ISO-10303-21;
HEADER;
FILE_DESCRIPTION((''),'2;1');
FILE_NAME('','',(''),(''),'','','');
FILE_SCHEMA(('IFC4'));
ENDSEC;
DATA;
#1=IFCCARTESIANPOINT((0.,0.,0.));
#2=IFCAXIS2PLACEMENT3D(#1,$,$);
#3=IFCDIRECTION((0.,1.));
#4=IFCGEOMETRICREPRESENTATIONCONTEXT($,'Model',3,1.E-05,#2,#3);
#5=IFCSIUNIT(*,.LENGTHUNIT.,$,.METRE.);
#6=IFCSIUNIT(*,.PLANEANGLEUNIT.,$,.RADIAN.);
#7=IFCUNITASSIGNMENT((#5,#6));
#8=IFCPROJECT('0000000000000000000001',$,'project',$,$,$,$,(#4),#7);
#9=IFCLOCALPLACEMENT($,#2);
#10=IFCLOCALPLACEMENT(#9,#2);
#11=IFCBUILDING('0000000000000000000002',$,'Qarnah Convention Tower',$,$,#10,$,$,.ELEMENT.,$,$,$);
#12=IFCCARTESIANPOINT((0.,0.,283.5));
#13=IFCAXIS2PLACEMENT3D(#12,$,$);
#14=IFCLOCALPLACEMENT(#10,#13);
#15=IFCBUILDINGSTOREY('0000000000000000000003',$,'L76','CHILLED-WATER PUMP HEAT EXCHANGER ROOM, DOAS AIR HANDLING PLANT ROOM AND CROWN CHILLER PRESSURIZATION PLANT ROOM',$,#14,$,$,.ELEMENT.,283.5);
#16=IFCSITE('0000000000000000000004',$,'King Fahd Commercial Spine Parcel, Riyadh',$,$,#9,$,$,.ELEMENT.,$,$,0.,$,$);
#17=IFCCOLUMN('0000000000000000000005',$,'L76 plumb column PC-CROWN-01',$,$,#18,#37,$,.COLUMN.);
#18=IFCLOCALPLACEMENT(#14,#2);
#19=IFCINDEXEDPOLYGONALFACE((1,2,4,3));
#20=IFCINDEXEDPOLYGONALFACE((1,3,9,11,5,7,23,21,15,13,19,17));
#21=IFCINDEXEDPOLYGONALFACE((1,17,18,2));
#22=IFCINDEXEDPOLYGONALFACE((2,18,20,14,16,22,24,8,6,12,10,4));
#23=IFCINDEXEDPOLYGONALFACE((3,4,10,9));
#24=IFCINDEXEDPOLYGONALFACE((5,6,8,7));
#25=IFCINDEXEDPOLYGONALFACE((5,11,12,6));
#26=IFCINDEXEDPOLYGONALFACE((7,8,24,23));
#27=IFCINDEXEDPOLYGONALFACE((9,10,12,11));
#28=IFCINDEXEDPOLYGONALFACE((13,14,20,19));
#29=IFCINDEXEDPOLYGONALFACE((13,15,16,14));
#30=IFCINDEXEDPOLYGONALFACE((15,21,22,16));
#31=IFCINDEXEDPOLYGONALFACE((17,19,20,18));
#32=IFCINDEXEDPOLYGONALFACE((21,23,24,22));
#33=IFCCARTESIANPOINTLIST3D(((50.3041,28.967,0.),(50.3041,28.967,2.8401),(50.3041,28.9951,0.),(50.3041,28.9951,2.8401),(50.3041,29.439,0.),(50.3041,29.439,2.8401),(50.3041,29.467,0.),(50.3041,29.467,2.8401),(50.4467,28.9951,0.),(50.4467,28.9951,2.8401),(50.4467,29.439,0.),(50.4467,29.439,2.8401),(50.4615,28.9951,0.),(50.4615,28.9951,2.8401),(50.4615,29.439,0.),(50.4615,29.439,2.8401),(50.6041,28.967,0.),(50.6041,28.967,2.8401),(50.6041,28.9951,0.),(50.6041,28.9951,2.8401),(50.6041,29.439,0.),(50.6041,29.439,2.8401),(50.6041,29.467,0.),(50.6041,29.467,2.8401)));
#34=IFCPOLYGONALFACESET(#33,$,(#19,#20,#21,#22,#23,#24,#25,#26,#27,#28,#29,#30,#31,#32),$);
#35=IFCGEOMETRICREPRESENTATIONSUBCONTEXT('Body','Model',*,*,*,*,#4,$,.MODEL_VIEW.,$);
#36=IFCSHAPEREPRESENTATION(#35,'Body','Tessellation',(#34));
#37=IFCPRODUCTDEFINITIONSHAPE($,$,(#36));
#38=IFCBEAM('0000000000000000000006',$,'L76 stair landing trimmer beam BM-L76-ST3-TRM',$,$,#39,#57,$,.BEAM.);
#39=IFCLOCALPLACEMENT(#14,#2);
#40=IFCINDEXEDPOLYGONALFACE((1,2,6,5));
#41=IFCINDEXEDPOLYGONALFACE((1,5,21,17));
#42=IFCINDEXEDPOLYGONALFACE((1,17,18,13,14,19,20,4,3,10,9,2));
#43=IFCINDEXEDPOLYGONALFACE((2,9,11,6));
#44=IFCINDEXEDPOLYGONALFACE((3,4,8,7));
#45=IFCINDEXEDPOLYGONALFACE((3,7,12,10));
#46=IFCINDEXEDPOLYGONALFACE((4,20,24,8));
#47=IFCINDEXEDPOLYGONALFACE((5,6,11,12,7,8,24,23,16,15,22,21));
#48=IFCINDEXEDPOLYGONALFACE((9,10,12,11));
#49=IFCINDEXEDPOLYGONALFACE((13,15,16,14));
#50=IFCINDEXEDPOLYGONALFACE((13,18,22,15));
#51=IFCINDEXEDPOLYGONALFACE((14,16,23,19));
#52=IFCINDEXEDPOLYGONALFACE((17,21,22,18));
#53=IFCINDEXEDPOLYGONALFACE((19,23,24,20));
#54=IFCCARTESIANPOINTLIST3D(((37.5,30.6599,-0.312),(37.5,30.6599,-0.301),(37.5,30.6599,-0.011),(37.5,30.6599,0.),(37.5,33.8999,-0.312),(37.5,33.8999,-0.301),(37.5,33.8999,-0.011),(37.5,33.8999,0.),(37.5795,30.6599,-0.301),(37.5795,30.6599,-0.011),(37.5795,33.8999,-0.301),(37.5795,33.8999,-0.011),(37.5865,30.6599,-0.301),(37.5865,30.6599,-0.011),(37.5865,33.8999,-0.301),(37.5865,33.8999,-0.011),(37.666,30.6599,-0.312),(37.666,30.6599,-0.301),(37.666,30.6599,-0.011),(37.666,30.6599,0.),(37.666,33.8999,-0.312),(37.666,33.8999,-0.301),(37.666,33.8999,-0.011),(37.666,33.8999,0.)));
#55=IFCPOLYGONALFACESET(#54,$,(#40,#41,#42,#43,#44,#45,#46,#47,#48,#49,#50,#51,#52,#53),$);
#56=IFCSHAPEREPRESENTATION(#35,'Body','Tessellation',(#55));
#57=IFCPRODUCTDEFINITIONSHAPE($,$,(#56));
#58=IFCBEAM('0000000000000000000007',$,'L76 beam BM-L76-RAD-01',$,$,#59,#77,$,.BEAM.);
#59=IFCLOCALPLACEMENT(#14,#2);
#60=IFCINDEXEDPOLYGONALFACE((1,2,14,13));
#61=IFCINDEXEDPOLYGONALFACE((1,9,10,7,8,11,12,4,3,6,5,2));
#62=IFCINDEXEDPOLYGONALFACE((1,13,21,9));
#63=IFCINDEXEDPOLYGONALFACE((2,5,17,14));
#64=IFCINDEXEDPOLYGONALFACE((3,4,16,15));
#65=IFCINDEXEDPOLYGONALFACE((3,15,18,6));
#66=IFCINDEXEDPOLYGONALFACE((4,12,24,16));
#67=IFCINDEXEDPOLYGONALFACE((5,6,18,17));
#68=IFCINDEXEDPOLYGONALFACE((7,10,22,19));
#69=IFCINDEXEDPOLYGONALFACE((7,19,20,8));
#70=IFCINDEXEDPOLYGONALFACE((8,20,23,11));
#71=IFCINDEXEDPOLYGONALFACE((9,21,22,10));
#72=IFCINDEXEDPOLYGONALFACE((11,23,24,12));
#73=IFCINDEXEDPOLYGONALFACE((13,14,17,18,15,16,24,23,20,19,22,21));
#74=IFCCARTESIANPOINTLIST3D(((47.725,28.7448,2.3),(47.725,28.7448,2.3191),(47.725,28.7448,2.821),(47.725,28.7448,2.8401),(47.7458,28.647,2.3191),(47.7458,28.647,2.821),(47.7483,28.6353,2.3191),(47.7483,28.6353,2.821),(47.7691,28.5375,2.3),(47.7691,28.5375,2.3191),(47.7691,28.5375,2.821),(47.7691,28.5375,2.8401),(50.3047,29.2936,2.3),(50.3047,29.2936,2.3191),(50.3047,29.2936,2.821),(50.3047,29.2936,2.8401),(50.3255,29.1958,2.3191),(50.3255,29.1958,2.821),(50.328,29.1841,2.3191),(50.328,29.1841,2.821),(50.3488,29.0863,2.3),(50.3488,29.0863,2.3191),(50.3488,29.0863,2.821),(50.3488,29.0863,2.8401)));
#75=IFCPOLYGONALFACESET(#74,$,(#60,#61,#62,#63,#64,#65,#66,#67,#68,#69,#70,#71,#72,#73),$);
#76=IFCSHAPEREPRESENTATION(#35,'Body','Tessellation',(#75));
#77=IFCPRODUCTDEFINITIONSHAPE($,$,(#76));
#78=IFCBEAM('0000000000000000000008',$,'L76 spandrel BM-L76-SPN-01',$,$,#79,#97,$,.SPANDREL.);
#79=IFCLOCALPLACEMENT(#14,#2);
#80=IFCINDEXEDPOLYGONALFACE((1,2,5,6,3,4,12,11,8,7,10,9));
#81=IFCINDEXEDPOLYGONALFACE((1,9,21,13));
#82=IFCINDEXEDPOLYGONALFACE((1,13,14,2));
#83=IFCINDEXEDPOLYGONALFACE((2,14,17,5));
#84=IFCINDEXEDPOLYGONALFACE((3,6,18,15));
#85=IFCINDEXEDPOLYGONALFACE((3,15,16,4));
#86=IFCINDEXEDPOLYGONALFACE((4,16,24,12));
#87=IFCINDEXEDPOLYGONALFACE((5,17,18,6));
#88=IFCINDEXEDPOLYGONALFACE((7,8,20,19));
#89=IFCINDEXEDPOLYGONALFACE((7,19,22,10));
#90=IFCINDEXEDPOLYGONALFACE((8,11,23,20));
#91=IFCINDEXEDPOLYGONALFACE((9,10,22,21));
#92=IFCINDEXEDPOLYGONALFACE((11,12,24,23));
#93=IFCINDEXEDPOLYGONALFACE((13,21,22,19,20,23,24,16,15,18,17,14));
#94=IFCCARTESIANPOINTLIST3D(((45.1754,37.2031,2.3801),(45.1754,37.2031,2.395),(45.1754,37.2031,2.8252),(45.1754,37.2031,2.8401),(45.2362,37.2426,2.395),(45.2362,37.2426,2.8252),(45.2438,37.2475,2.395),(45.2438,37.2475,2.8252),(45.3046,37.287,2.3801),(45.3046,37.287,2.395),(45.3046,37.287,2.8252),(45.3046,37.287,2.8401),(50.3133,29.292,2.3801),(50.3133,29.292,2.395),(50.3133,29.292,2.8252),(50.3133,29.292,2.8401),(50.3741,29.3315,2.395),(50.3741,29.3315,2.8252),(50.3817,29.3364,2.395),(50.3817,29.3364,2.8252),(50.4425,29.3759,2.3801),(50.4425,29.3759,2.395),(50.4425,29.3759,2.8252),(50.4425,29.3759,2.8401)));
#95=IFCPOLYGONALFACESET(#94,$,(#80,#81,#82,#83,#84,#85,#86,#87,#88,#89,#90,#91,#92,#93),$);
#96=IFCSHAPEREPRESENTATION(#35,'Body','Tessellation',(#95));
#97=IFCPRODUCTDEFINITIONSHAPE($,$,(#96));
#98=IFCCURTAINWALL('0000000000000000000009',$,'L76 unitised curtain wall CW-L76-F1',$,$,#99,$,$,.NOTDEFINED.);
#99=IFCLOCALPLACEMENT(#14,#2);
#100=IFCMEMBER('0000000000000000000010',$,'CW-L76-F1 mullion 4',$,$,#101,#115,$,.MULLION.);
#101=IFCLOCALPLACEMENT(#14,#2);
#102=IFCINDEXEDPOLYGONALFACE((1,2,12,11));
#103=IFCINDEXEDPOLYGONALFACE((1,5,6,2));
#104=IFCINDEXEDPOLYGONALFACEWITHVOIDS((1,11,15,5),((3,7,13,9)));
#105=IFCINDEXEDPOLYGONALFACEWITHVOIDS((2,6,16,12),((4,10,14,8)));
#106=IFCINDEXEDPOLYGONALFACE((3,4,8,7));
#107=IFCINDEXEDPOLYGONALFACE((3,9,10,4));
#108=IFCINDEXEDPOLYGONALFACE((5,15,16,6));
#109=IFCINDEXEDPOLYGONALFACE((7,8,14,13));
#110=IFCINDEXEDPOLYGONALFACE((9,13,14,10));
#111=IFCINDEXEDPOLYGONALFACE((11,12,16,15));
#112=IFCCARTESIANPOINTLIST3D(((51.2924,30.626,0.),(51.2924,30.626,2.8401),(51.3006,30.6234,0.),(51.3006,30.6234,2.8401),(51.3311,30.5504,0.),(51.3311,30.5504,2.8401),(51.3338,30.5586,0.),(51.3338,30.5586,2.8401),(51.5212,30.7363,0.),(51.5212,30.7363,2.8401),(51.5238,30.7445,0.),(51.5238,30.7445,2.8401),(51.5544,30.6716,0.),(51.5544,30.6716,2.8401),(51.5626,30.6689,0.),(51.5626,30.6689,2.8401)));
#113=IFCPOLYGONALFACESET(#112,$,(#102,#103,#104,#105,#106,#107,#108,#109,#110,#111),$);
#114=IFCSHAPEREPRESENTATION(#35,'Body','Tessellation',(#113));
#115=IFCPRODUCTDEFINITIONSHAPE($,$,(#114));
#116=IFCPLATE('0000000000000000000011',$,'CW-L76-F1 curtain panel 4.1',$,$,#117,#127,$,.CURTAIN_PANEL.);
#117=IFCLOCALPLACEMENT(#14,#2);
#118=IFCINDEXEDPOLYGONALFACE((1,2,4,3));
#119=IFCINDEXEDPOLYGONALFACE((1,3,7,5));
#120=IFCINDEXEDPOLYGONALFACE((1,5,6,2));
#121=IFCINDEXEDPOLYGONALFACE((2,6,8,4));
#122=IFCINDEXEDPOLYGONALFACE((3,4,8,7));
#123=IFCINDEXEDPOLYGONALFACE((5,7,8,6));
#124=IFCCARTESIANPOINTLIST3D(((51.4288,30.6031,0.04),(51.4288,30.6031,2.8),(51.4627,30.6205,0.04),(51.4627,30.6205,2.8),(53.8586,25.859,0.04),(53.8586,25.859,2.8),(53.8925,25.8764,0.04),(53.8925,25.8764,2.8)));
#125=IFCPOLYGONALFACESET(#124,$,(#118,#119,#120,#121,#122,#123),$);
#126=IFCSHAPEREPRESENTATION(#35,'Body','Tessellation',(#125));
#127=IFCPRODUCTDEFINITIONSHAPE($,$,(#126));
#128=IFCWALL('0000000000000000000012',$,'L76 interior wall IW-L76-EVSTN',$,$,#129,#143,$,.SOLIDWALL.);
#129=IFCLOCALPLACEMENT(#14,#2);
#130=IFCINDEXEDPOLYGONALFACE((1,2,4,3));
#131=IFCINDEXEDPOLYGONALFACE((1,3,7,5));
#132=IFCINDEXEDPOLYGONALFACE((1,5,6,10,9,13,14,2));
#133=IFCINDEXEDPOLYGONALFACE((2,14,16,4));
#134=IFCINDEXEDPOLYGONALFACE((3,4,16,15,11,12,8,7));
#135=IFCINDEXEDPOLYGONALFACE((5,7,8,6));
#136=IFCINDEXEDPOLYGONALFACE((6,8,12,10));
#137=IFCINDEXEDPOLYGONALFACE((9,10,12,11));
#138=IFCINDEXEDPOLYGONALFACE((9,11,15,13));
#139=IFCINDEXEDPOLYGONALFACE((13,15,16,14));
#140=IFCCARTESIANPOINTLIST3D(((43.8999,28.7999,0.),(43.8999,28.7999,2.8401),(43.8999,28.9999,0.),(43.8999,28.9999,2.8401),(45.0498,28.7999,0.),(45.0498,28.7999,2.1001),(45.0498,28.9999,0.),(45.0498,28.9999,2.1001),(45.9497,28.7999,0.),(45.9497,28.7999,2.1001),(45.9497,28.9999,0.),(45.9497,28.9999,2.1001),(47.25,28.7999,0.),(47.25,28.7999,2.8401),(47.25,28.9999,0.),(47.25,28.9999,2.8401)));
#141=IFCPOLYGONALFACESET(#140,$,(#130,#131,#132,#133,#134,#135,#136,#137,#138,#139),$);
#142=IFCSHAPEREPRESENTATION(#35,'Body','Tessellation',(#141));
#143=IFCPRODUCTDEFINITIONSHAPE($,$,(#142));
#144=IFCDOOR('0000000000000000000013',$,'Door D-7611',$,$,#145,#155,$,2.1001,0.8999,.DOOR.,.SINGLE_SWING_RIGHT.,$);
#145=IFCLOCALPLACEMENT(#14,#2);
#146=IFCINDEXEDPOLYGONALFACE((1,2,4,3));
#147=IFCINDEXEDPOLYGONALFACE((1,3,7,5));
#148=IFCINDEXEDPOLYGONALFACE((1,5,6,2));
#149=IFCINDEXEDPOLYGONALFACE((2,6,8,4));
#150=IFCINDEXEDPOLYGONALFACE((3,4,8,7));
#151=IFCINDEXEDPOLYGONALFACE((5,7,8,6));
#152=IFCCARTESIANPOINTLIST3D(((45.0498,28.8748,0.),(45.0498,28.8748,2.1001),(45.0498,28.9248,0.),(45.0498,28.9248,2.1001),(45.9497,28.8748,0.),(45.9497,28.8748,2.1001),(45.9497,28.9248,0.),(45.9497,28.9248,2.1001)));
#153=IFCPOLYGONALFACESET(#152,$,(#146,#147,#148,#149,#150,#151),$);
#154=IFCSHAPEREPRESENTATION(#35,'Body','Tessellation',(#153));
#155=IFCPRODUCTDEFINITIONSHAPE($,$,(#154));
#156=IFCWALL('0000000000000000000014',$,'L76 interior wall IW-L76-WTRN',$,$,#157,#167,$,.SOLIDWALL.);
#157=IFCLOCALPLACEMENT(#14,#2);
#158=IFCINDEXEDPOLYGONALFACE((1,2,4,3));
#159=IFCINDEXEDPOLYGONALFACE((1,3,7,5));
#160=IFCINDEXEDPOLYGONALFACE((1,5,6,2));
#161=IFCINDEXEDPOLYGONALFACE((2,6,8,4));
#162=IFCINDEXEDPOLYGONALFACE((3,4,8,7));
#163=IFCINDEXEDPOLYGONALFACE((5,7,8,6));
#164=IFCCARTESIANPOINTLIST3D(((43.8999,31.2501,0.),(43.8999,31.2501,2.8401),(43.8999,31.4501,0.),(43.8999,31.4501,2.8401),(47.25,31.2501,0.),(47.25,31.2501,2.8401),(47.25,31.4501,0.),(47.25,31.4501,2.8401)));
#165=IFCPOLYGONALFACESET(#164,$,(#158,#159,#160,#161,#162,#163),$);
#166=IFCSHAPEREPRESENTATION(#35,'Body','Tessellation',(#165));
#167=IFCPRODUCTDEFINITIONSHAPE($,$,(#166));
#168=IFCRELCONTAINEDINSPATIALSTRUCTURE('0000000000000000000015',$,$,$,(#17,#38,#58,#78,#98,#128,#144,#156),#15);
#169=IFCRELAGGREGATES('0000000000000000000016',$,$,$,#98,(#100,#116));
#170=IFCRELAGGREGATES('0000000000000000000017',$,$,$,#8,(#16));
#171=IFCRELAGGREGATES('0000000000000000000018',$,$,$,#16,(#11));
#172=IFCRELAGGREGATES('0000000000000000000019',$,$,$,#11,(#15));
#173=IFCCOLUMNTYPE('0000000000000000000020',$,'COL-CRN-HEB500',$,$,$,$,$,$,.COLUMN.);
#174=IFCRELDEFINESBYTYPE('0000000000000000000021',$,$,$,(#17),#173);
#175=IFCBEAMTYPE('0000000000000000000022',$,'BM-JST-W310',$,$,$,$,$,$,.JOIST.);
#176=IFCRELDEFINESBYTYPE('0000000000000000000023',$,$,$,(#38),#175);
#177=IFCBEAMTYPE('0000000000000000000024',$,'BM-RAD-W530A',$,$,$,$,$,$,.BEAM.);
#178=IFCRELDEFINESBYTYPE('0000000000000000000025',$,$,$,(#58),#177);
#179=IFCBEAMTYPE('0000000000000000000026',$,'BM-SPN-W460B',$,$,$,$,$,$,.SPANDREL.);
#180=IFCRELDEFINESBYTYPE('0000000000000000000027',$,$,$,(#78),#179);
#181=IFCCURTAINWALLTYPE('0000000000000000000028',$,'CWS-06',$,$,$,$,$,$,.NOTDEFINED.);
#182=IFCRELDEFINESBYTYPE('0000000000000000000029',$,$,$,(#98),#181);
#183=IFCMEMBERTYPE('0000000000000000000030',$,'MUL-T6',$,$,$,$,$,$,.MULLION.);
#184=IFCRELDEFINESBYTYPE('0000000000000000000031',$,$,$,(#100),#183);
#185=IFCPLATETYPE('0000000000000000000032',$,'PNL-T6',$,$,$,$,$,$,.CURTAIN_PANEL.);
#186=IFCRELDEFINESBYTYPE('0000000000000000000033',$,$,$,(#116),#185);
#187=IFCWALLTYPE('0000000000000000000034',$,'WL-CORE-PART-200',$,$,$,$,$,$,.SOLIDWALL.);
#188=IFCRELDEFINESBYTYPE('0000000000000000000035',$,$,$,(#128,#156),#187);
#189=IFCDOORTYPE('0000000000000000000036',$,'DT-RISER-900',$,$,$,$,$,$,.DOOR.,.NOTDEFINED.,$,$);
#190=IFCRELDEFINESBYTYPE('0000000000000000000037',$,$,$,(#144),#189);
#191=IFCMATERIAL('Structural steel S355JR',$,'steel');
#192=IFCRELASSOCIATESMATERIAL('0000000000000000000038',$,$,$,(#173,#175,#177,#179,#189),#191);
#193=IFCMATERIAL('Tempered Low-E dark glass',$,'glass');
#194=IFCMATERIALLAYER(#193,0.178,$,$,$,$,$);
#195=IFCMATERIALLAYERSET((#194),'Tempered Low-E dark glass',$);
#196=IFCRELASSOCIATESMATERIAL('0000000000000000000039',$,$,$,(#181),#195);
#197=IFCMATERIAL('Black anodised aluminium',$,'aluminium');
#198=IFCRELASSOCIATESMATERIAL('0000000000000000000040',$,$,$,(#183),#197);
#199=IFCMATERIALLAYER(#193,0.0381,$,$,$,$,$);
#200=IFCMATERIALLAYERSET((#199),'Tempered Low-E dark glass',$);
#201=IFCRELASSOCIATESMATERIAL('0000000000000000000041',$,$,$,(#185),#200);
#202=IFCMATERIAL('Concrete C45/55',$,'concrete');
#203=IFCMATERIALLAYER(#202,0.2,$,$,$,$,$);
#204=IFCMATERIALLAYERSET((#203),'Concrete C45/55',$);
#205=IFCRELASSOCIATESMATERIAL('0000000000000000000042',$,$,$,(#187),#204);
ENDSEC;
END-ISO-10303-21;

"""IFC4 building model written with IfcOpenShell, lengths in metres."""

from ifc_helpers import new_model, si_unit, direction, frame, frame_2d, origin, origin_2d, place, context, subcontext, project, spatial, rectangle, hollow_rectangle, i_section, extrude, material, layer, layer_set, material_profile, profile_set, type_object, element, fill, aggregate, save


model = new_model("IFC4")

# Units and contexts
model_context = context("Model", 3, precision=1e-05, world=origin(), true_north=direction((0.0, 1.0)))
body_context = subcontext(model_context, "Body", "Model", "MODEL_VIEW")
ifc_project = project(units=[si_unit("LENGTHUNIT", "METRE"), si_unit("PLANEANGLEUNIT", "RADIAN")], contexts=[model_context])

# Site, building, storey
site_placement = place(None, origin())
site = spatial("IfcSite", under=ifc_project, at=site_placement, Name="King Fahd Commercial Spine Parcel, Riyadh", CompositionType="ELEMENT", RefElevation=0.0)
building_placement = place(site_placement, origin())
building = spatial("IfcBuilding", under=site, at=building_placement, Name="Qarnah Convention Tower", CompositionType="ELEMENT")
storey_placement = place(building_placement, frame((0.0, 0.0, 283.5)))
storey = spatial("IfcBuildingStorey", under=building, at=storey_placement, Name="L76", Description="CHILLED-WATER PUMP HEAT EXCHANGER ROOM, DOAS AIR HANDLING PLANT ROOM AND CROWN CHILLER PRESSURIZATION PLANT ROOM", CompositionType="ELEMENT", Elevation=283.5)

# Column
ifc_material_1 = material(Name="Structural steel S355JR", Category="steel")
ifc_material_profile_1 = material_profile(ifc_material_1, i_section(OverallWidth=0.3, OverallDepth=0.5, WebThickness=0.0149, FlangeThickness=0.0281, at=origin_2d()), Name="HEB500")
ifc_profile_set_1 = profile_set([ifc_material_profile_1], Name="Structural steel S355JR")
column_type = type_object("IfcColumnType", Name="COL-CRN-HEB500", PredefinedType="COLUMN", material=ifc_profile_set_1)
column_placement = place(storey_placement, frame((50.4541, 29.217, 0.0), z_axis=(0.0, 0.0, 1.0), x_axis=(1.0, 0.0, 0.0)))
element("IfcColumn", 1, at=column_placement, inside=storey, type_object=column_type, Name="L76 plumb column PC-CROWN-01", PredefinedType="COLUMN", context=body_context, shape_type="SweptSolid", body=[
    extrude(i_section(OverallWidth=0.3, OverallDepth=0.5, WebThickness=0.0149, FlangeThickness=0.0281, at=origin_2d()), origin(), (0.0, 0.0, 1.0), 2.8401),
])

# Beams
ifc_material_profile_2 = material_profile(ifc_material_1, i_section(OverallWidth=0.166, OverallDepth=0.312, WebThickness=0.0071, FlangeThickness=0.011, at=origin_2d()), Name="W310X45")
ifc_profile_set_2 = profile_set([ifc_material_profile_2], Name="Structural steel S355JR")
beam_type_1 = type_object("IfcBeamType", Name="BM-JST-W310", PredefinedType="JOIST", material=ifc_profile_set_2)
beam_1_placement = place(storey_placement, frame((37.583, 30.6599, -0.156), z_axis=(0.0, 1.0, 0.0), x_axis=(-1.0, 0.0, 0.0)))
element("IfcBeam", 2, at=beam_1_placement, inside=storey, type_object=beam_type_1, Name="L76 stair landing trimmer beam BM-L76-ST3-TRM", PredefinedType="BEAM", context=body_context, shape_type="SweptSolid", body=[
    extrude(i_section(OverallWidth=0.166, OverallDepth=0.312, WebThickness=0.0071, FlangeThickness=0.011, at=origin_2d()), origin(), (0.0, 0.0, 1.0), 3.24),
])
ifc_material_profile_3 = material_profile(ifc_material_1, i_section(OverallWidth=0.2119, OverallDepth=0.54, WebThickness=0.012, FlangeThickness=0.019, at=origin_2d()), Name="W530X109")
ifc_profile_set_3 = profile_set([ifc_material_profile_3], Name="Structural steel S355JR")
beam_type_2 = type_object("IfcBeamType", Name="BM-RAD-W530A", PredefinedType="BEAM", material=ifc_profile_set_3)
beam_2_placement = place(storey_placement, frame((47.7471, 28.6411, 2.5701), z_axis=(0.978112, 0.208081, 0.0), x_axis=(-0.208081, 0.978112, 0.0)))
element("IfcBeam", 3, at=beam_2_placement, inside=storey, type_object=beam_type_2, Name="L76 beam BM-L76-RAD-01", PredefinedType="BEAM", context=body_context, shape_type="SweptSolid", body=[
    extrude(i_section(OverallWidth=0.2119, OverallDepth=0.54, WebThickness=0.012, FlangeThickness=0.019, at=origin_2d()), origin(), (0.0, 0.0, 1.0), 2.6375),
])
ifc_material_profile_4 = material_profile(ifc_material_1, i_section(OverallWidth=0.1541, OverallDepth=0.46, WebThickness=0.009, FlangeThickness=0.0149, at=origin_2d()), Name="W460X68")
ifc_profile_set_4 = profile_set([ifc_material_profile_4], Name="Structural steel S355JR")
beam_type_3 = type_object("IfcBeamType", Name="BM-SPN-W460B", PredefinedType="SPANDREL", material=ifc_profile_set_4)
beam_3_placement = place(storey_placement, frame((50.3779, 29.334, 2.6101), z_axis=(-0.544668, 0.838652, 0.0), x_axis=(-0.838652, -0.544668, 0.0)))
element("IfcBeam", 4, at=beam_3_placement, inside=storey, type_object=beam_type_3, Name="L76 spandrel BM-L76-SPN-01", PredefinedType="SPANDREL", context=body_context, shape_type="SweptSolid", body=[
    extrude(i_section(OverallWidth=0.1541, OverallDepth=0.46, WebThickness=0.009, FlangeThickness=0.0149, at=origin_2d()), origin(), (0.0, 0.0, 1.0), 9.4331),
])

# Curtain wall, member, plate
ifc_material_2 = material(Name="Tempered Low-E dark glass", Category="glass")
ifc_layer_1 = layer(ifc_material_2, 0.178)
ifc_layer_set_1 = layer_set([ifc_layer_1], Name="Tempered Low-E dark glass")
curtain_wall_type = type_object("IfcCurtainWallType", Name="CWS-06", PredefinedType="NOTDEFINED", material=ifc_layer_set_1)
curtain_wall_placement = place(storey_placement, origin())
curtain_wall = element("IfcCurtainWall", 5, at=curtain_wall_placement, inside=storey, type_object=curtain_wall_type, Name="L76 unitised curtain wall CW-L76-F1", PredefinedType="NOTDEFINED")
ifc_material_3 = material(Name="Black anodised aluminium", Category="aluminium")
ifc_material_profile_5 = material_profile(ifc_material_3, hollow_rectangle(XDim=0.085, YDim=0.26, WallThickness=0.0061, at=origin_2d()), Name="MUL-85X260")
ifc_profile_set_5 = profile_set([ifc_material_profile_5], Name="Black anodised aluminium")
member_type = type_object("IfcMemberType", Name="MUL-T6", PredefinedType="MULLION", material=ifc_profile_set_5)
member_placement = place(storey_placement, frame((51.4275, 30.6475, 0.0), z_axis=(0.0, 0.0, 1.0), x_axis=(0.455858, -0.890053, 0.0)))
member = element("IfcMember", 6, at=member_placement, type_object=member_type, Name="CW-L76-F1 mullion 4", PredefinedType="MULLION", context=body_context, shape_type="SweptSolid", body=[
    extrude(hollow_rectangle(XDim=0.085, YDim=0.26, WallThickness=0.0061, at=origin_2d()), origin(), (0.0, 0.0, 1.0), 2.8401),
])
ifc_layer_2 = layer(ifc_material_2, 0.0381)
ifc_layer_set_2 = layer_set([ifc_layer_2], Name="Tempered Low-E dark glass")
plate_type = type_object("IfcPlateType", Name="PNL-T6", PredefinedType="CURTAIN_PANEL", material=ifc_layer_set_2)
plate_placement = place(storey_placement, frame((52.6606, 28.2397, 0.04), z_axis=(0.0, 0.0, 1.0), x_axis=(0.455858, -0.890053, 0.0)))
plate = element("IfcPlate", 7, at=plate_placement, type_object=plate_type, Name="CW-L76-F1 curtain panel 4.1", PredefinedType="CURTAIN_PANEL", context=body_context, shape_type="SweptSolid", body=[
    extrude(rectangle(XDim=5.3301, YDim=0.0381, at=origin_2d()), origin(), (0.0, 0.0, 1.0), 2.76),
])
aggregate(curtain_wall, [member, plate])

# Wall, opening, door
ifc_material_4 = material(Name="Concrete C45/55", Category="concrete")
ifc_layer_3 = layer(ifc_material_4, 0.2)
ifc_layer_set_3 = layer_set([ifc_layer_3], Name="Concrete C45/55")
wall_type_1 = type_object("IfcWallType", Name="WL-CORE-PART-200", PredefinedType="SOLIDWALL", material=ifc_layer_set_3)
wall_1_placement = place(storey_placement, frame((43.8999, 28.8999, 0.0), z_axis=(0.0, 0.0, 1.0), x_axis=(1.0, 0.0, 0.0)))
wall_1 = element("IfcWall", 8, at=wall_1_placement, inside=storey, type_object=wall_type_1, Name="L76 interior wall IW-L76-EVSTN", PredefinedType="SOLIDWALL", context=body_context, shape_type="SweptSolid", body=[
    extrude(rectangle(XDim=3.3501, YDim=0.2, at=frame_2d((1.675, 0.0))), origin(), (0.0, 0.0, 1.0), 2.8401),
])
opening_1_placement = place(wall_1_placement, frame((1.1499, 0.0, 0.0)))
opening_1 = element("IfcOpeningElement", 9, at=opening_1_placement, cuts=wall_1, PredefinedType="OPENING", context=body_context, shape_type="SweptSolid", body=[
    extrude(rectangle(XDim=0.8999, YDim=2.1001, at=frame_2d((0.45, 1.05))), frame((0.0, 0.1099, 0.0), z_axis=(0.0, -1.0, 0.0), x_axis=(1.0, 0.0, 0.0)), (0.0, 0.0, 1.0), 0.22),
])
door_type_1 = type_object("IfcDoorType", Name="DT-RISER-900", OperationType="NOTDEFINED", PredefinedType="DOOR", material=ifc_material_1)
door_1_placement = place(opening_1_placement, origin())
door_1 = element("IfcDoor", 10, at=door_1_placement, inside=storey, type_object=door_type_1, Name="Door D-7611", OperationType="SINGLE_SWING_RIGHT", OverallHeight=2.1001, OverallWidth=0.8999, PredefinedType="DOOR", context=body_context, shape_type="SweptSolid", body=[
    extrude(rectangle(XDim=0.8999, YDim=2.1001, at=frame_2d((0.45, 1.05))), frame((0.0, 0.0249, 0.0), z_axis=(0.0, -1.0, 0.0), x_axis=(1.0, 0.0, 0.0)), (0.0, 0.0, 1.0), 0.05),
])
fill(opening_1, door_1)

# Wall
wall_2_placement = place(storey_placement, frame((43.8999, 31.3501, 0.0), z_axis=(0.0, 0.0, 1.0), x_axis=(1.0, 0.0, 0.0)))
element("IfcWall", 11, at=wall_2_placement, inside=storey, type_object=wall_type_1, Name="L76 interior wall IW-L76-WTRN", PredefinedType="SOLIDWALL", context=body_context, shape_type="SweptSolid", body=[
    extrude(rectangle(XDim=3.3501, YDim=0.2, at=frame_2d((1.675, 0.0))), origin(), (0.0, 0.0, 1.0), 2.8401),
])

save(model, "model.ifc")
